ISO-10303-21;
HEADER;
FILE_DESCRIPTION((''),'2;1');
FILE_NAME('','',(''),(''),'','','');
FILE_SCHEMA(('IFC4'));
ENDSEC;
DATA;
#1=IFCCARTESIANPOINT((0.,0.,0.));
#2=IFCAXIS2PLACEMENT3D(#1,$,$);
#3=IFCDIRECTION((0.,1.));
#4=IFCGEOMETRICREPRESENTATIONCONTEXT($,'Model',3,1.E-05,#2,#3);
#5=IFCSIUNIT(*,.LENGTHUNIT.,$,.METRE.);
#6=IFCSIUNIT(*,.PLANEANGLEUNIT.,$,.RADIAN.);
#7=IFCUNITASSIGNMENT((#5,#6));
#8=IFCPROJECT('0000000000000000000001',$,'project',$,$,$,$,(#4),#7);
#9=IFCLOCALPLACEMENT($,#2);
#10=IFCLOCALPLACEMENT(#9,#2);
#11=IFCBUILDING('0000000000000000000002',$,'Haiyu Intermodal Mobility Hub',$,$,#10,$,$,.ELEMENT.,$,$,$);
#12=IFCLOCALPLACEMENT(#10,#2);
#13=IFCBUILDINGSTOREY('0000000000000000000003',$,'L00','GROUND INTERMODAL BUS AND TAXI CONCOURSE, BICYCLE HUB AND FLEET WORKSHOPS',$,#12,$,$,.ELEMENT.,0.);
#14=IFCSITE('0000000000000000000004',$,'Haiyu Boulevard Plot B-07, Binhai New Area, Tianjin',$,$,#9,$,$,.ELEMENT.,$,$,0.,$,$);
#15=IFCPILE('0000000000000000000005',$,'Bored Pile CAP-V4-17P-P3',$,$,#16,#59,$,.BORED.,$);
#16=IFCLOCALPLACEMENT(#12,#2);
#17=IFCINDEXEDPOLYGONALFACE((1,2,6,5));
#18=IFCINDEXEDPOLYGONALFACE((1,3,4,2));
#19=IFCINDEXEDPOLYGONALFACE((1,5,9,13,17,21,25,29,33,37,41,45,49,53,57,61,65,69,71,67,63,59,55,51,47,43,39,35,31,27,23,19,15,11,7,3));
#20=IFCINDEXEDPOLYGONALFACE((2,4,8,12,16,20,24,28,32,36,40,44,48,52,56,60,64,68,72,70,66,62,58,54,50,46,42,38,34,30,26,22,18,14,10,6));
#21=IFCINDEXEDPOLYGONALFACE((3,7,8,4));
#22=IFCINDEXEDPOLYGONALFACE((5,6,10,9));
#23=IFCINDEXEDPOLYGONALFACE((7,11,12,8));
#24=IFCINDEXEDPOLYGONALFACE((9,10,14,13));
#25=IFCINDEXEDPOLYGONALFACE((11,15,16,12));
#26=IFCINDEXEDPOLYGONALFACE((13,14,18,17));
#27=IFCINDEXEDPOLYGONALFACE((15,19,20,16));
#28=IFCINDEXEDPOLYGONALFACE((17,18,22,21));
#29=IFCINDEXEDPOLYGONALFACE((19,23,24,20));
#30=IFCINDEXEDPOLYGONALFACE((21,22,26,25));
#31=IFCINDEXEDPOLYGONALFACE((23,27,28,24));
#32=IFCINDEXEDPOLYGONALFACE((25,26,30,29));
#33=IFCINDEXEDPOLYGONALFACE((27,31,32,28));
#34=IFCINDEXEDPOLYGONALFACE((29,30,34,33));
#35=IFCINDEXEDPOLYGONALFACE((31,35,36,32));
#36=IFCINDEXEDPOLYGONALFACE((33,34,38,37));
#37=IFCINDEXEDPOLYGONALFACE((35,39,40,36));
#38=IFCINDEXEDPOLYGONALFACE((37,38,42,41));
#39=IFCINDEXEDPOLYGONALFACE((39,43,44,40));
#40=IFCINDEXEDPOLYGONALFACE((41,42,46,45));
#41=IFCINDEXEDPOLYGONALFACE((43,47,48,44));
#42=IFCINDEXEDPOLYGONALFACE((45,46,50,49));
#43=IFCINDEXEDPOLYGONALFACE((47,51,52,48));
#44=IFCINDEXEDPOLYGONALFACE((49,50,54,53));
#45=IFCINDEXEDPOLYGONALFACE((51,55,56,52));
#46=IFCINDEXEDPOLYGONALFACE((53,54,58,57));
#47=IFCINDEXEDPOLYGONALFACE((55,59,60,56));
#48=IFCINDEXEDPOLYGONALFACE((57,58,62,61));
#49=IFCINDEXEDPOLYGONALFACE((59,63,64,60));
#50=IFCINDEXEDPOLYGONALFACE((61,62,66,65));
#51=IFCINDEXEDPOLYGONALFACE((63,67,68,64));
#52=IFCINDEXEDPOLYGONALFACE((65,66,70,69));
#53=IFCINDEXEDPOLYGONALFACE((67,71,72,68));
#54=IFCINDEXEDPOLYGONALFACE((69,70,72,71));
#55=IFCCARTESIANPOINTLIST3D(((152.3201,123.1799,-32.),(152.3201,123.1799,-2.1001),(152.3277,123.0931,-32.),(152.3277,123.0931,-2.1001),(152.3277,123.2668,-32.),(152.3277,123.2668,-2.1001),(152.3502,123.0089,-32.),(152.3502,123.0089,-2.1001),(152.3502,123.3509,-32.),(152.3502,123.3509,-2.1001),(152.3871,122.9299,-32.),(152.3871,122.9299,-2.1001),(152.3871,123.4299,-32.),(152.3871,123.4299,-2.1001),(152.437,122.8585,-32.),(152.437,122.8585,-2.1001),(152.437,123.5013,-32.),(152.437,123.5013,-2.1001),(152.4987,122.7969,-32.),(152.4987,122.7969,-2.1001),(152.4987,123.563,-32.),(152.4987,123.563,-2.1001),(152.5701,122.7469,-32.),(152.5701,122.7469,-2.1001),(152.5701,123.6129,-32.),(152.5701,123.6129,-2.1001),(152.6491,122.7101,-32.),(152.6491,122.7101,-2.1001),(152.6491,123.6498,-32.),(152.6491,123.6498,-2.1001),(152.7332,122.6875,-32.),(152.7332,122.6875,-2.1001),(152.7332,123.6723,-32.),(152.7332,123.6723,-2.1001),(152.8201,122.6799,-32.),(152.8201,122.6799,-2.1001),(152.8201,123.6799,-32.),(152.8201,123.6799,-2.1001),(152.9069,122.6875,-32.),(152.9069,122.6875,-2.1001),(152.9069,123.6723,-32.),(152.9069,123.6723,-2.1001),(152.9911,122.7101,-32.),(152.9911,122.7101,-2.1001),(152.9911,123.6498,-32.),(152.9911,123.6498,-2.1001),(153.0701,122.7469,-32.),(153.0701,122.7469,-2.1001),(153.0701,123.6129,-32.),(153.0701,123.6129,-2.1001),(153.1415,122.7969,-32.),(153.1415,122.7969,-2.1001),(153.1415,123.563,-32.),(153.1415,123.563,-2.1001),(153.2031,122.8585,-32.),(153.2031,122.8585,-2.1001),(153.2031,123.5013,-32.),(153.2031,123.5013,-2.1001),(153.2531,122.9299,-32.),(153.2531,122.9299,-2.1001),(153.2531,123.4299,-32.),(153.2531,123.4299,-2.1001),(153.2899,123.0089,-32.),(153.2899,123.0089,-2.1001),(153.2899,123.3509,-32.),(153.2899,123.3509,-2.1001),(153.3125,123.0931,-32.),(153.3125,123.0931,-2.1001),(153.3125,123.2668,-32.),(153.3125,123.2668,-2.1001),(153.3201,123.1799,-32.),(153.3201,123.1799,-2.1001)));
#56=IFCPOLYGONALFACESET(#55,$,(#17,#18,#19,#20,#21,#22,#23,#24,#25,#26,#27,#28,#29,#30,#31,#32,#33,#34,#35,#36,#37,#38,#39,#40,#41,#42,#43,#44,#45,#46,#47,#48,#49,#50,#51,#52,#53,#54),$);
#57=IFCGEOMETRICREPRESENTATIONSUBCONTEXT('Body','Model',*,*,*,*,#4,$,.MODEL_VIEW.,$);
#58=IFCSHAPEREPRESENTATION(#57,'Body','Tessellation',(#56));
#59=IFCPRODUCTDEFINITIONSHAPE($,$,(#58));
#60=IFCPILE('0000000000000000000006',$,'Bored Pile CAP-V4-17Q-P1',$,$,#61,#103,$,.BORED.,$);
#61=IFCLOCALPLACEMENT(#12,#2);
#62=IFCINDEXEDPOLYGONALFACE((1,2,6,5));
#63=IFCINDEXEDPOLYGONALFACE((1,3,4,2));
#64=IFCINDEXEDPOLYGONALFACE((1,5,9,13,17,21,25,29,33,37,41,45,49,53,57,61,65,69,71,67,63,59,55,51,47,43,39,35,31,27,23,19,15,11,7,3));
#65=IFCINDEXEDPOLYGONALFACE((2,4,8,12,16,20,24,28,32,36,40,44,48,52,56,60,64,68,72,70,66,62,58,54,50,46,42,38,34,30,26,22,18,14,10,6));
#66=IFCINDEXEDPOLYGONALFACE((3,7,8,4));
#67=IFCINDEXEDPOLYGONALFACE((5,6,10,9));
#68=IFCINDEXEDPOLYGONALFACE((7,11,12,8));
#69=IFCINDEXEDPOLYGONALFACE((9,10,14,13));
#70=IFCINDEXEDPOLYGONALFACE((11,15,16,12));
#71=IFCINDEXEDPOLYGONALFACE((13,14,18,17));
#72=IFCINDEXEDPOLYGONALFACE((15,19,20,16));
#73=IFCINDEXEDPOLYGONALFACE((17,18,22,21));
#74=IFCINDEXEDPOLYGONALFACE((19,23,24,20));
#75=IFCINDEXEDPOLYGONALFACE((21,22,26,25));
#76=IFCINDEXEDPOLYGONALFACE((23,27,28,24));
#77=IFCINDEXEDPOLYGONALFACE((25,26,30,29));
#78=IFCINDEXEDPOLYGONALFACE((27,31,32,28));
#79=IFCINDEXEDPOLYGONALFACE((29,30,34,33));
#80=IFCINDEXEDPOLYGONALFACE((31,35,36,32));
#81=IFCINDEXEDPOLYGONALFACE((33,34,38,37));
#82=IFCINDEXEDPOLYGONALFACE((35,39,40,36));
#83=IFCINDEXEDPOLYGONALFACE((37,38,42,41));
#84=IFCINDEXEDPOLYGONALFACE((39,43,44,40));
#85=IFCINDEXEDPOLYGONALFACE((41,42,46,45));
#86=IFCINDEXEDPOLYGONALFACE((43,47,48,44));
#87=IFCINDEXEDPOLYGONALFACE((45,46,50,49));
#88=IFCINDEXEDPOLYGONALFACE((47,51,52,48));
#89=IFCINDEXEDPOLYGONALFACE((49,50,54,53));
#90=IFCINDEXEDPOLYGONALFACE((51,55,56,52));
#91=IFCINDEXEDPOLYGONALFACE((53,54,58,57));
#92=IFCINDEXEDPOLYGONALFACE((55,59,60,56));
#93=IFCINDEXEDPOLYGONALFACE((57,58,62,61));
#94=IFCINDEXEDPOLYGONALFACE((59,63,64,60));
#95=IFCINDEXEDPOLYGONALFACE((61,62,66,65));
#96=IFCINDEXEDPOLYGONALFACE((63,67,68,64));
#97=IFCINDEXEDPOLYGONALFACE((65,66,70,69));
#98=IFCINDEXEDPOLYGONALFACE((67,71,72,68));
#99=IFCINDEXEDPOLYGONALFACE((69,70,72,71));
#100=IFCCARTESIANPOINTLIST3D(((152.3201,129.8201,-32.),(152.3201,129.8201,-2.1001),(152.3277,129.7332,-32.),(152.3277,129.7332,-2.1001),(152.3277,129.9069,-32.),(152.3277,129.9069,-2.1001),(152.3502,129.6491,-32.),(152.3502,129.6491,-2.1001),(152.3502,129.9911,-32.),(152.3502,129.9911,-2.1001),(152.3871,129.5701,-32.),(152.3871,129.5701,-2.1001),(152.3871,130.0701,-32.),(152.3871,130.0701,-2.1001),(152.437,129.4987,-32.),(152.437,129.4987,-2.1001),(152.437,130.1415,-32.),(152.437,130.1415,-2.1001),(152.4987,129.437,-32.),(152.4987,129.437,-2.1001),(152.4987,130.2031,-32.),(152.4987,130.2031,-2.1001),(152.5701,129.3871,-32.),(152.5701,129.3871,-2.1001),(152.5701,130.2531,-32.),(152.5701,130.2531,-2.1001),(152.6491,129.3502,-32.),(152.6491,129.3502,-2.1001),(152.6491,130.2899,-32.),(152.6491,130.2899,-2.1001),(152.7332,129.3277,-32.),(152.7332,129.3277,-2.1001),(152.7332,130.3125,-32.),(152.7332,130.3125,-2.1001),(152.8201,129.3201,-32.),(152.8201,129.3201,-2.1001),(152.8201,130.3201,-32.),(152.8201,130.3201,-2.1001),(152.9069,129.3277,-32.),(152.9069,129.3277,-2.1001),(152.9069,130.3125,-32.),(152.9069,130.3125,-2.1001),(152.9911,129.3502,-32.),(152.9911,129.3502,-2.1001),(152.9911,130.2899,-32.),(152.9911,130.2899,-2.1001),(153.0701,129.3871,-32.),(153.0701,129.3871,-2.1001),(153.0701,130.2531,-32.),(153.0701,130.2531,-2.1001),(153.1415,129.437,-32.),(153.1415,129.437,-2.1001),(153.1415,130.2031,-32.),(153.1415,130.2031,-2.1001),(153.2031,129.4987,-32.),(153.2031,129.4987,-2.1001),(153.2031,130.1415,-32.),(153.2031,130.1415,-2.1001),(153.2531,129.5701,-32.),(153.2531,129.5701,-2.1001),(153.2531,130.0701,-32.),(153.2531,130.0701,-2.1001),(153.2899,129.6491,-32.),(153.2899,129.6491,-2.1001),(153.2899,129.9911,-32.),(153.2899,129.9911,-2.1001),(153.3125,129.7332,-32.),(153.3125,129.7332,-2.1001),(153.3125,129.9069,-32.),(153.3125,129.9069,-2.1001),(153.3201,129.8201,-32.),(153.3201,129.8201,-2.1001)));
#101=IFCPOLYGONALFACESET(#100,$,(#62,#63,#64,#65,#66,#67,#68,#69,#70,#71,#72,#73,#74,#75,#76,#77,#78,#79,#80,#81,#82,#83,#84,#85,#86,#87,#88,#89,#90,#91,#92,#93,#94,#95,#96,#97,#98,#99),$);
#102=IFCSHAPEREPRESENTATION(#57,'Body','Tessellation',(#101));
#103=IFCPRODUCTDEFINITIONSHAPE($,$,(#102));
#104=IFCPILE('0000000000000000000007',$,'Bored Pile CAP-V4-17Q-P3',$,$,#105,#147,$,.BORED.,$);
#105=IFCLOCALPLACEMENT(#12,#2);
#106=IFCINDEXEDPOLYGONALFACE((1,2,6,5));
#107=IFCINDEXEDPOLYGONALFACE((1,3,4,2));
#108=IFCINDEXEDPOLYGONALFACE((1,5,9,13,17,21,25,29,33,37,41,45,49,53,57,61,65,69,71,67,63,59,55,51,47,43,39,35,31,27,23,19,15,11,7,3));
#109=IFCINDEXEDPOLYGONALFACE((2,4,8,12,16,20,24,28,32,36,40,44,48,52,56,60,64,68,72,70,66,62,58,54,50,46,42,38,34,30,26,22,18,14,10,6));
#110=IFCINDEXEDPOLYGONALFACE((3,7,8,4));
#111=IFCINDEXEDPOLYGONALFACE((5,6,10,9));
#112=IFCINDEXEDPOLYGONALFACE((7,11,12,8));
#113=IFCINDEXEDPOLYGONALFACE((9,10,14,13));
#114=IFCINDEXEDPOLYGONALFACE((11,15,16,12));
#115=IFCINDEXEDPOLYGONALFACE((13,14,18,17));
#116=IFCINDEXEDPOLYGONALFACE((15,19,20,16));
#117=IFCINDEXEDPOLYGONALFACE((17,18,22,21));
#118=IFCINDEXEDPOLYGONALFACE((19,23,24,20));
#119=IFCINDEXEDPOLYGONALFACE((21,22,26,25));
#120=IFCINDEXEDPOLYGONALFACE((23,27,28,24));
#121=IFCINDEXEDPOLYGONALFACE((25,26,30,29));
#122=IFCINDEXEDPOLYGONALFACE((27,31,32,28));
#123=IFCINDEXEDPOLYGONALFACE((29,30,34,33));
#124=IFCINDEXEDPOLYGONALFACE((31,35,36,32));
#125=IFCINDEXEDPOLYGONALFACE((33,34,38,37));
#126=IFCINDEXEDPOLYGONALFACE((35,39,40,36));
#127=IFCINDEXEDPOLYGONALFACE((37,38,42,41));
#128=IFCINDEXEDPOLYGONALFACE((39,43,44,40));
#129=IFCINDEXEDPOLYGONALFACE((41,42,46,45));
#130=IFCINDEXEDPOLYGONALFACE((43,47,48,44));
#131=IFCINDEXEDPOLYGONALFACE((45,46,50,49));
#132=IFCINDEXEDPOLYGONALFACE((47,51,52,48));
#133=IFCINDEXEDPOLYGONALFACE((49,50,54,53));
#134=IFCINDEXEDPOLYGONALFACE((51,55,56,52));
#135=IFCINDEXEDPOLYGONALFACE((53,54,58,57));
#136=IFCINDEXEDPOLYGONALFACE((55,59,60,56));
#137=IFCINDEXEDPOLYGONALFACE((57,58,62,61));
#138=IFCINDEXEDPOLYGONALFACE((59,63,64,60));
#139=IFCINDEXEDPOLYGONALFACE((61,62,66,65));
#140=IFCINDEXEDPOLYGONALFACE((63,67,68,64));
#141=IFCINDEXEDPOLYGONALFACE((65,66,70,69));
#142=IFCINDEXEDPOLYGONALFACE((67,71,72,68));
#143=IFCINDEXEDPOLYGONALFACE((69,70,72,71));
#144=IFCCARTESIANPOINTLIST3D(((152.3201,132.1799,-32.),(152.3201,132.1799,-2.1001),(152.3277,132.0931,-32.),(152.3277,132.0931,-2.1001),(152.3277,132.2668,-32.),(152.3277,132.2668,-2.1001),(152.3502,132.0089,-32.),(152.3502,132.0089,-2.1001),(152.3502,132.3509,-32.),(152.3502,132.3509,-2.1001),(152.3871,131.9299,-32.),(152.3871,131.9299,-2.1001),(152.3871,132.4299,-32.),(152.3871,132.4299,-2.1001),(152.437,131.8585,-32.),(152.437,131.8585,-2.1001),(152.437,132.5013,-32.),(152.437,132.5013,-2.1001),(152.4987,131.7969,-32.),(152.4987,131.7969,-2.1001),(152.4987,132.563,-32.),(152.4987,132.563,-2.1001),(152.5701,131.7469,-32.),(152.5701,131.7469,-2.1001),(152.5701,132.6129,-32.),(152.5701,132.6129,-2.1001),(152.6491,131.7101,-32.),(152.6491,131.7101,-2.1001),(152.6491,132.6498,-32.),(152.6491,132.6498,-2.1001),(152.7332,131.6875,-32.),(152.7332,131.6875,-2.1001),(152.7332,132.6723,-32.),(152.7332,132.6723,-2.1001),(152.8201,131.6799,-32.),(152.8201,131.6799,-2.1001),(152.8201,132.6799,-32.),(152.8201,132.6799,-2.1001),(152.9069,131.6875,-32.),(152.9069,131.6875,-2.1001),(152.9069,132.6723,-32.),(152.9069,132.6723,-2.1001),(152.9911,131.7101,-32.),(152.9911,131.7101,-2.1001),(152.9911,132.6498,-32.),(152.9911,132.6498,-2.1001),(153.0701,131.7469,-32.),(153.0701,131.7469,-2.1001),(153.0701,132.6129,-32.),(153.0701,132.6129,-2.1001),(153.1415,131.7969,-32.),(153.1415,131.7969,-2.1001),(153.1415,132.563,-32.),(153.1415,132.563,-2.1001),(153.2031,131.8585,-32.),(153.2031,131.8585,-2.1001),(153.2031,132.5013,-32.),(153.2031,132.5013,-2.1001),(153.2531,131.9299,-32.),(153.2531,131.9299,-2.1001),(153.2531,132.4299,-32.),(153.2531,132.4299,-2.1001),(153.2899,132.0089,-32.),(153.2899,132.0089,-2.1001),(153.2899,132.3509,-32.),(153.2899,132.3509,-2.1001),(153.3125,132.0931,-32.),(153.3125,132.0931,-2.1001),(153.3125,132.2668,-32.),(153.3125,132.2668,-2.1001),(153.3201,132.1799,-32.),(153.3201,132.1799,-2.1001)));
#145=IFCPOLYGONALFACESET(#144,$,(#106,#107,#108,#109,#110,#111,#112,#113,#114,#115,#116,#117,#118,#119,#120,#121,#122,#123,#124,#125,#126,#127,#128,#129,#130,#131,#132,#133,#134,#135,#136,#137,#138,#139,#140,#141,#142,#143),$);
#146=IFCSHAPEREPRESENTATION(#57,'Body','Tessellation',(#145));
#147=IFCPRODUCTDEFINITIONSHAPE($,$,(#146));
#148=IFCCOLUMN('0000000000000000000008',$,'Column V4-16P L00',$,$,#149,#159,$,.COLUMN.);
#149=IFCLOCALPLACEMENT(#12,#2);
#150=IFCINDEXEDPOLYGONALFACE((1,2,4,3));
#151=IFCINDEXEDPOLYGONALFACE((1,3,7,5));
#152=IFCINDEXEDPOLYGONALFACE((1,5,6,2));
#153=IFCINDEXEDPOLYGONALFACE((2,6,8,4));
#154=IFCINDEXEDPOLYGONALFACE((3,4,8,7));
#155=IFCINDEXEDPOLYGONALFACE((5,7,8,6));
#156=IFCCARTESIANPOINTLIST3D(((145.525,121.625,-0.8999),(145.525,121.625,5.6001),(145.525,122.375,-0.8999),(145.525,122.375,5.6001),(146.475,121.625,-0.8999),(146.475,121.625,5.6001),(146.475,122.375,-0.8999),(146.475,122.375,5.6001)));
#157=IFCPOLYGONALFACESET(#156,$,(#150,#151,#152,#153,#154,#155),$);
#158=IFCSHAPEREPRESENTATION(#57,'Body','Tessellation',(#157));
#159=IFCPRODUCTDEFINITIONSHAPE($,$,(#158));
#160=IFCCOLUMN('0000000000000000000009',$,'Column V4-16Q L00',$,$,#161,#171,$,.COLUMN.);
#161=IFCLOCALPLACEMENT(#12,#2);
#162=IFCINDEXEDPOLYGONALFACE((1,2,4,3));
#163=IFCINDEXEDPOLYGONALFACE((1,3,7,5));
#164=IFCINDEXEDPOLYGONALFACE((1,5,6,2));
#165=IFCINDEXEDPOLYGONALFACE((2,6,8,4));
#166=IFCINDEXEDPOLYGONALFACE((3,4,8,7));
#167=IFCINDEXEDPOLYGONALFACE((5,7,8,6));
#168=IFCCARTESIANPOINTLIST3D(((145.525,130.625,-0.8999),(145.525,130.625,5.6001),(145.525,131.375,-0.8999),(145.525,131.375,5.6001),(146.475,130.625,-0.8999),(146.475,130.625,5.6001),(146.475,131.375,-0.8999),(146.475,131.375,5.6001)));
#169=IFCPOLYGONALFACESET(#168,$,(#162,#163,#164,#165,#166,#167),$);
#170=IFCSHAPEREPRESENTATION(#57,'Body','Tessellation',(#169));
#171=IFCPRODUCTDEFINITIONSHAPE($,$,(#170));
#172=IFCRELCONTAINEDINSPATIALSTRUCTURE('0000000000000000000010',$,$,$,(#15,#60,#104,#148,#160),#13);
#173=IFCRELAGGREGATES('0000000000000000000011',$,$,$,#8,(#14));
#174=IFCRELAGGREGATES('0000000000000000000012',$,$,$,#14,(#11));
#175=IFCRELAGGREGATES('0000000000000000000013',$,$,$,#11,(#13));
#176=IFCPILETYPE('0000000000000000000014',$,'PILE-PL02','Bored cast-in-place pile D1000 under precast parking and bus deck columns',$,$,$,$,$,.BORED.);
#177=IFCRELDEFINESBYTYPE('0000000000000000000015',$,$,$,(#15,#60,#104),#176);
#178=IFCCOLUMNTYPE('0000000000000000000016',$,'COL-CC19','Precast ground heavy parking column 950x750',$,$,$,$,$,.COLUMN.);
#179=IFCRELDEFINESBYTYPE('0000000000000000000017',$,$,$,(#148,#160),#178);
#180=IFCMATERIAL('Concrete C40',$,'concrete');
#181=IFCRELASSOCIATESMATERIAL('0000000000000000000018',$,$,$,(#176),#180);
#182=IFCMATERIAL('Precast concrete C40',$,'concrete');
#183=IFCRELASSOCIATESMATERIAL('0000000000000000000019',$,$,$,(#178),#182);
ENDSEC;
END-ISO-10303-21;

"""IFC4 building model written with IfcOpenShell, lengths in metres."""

from ifc_helpers import new_model, si_unit, direction, frame, origin, origin_2d, place, context, subcontext, project, spatial, rectangle, circle, extrude, material, material_profile, profile_set, type_object, element, save


model = new_model("IFC4")

# Units and contexts
model_context = context("Model", 3, precision=1e-05, world=origin(), true_north=direction((0.0, 1.0)))
body_context = subcontext(model_context, "Body", "Model", "MODEL_VIEW")
ifc_project = project(units=[si_unit("LENGTHUNIT", "METRE"), si_unit("PLANEANGLEUNIT", "RADIAN")], contexts=[model_context])

# Site, building, storey
site_placement = place(None, origin())
site = spatial("IfcSite", under=ifc_project, at=site_placement, Name="Haiyu Boulevard Plot B-07, Binhai New Area, Tianjin", CompositionType="ELEMENT", RefElevation=0.0)
building_placement = place(site_placement, origin())
building = spatial("IfcBuilding", under=site, at=building_placement, Name="Haiyu Intermodal Mobility Hub", CompositionType="ELEMENT")
storey_placement = place(building_placement, origin())
storey = spatial("IfcBuildingStorey", under=building, at=storey_placement, Name="L00", Description="GROUND INTERMODAL BUS AND TAXI CONCOURSE, BICYCLE HUB AND FLEET WORKSHOPS", CompositionType="ELEMENT", Elevation=0.0)

# Shared definitions
ifc_material_1 = material(Name="Concrete C40", Category="concrete")

# Piles
ifc_material_profile_1 = material_profile(ifc_material_1, circle(Radius=0.5, at=origin_2d()), Name="PILE-D1000")
ifc_profile_set_1 = profile_set([ifc_material_profile_1], Name="Concrete C40")
pile_type = type_object("IfcPileType", Name="PILE-PL02", Description="Bored cast-in-place pile D1000 under precast parking and bus deck columns", PredefinedType="BORED", material=ifc_profile_set_1)
for number, where, z_axis, x_axis, name in (
    (1, (152.8201, 123.1799, -2.1001), (0.0, 0.0, -1.0), (1.0, 0.0, 0.0), "Bored Pile CAP-V4-17P-P3"),
    (2, (152.8201, 129.8201, -2.1001), (0.0, 0.0, -1.0), (1.0, 0.0, 0.0), "Bored Pile CAP-V4-17Q-P1"),
    (3, (152.8201, 132.1799, -2.1001), (0.0, 0.0, -1.0), (1.0, 0.0, 0.0), "Bored Pile CAP-V4-17Q-P3"),
):
    element("IfcPile", number, at=place(storey_placement, frame(where, z_axis=z_axis, x_axis=x_axis)), inside=storey, type_object=pile_type, Name=name, PredefinedType="BORED", context=body_context, shape_type="SweptSolid", body=[
        extrude(circle(Radius=0.5, at=origin_2d()), origin(), (0.0, 0.0, 1.0), 29.8999),
    ])

# Columns
ifc_material_2 = material(Name="Precast concrete C40", Category="concrete")
ifc_material_profile_2 = material_profile(ifc_material_2, rectangle(XDim=0.95, YDim=0.75, at=origin_2d()), Name="C950x750")
ifc_profile_set_2 = profile_set([ifc_material_profile_2], Name="Precast concrete C40")
column_type = type_object("IfcColumnType", Name="COL-CC19", Description="Precast ground heavy parking column 950x750", PredefinedType="COLUMN", material=ifc_profile_set_2)
for number, where, z_axis, x_axis, name in (
    (4, (146.0, 122.0, -0.8999), (0.0, 0.0, 1.0), (1.0, 0.0, 0.0), "Column V4-16P L00"),
    (5, (146.0, 131.0, -0.8999), (0.0, 0.0, 1.0), (1.0, 0.0, 0.0), "Column V4-16Q L00"),
):
    element("IfcColumn", number, at=place(storey_placement, frame(where, z_axis=z_axis, x_axis=x_axis)), inside=storey, type_object=column_type, Name=name, PredefinedType="COLUMN", context=body_context, shape_type="SweptSolid", body=[
        extrude(rectangle(XDim=0.95, YDim=0.75, at=origin_2d()), origin(), (0.0, 0.0, 1.0), 6.5),
    ])

save(model, "model.ifc")
